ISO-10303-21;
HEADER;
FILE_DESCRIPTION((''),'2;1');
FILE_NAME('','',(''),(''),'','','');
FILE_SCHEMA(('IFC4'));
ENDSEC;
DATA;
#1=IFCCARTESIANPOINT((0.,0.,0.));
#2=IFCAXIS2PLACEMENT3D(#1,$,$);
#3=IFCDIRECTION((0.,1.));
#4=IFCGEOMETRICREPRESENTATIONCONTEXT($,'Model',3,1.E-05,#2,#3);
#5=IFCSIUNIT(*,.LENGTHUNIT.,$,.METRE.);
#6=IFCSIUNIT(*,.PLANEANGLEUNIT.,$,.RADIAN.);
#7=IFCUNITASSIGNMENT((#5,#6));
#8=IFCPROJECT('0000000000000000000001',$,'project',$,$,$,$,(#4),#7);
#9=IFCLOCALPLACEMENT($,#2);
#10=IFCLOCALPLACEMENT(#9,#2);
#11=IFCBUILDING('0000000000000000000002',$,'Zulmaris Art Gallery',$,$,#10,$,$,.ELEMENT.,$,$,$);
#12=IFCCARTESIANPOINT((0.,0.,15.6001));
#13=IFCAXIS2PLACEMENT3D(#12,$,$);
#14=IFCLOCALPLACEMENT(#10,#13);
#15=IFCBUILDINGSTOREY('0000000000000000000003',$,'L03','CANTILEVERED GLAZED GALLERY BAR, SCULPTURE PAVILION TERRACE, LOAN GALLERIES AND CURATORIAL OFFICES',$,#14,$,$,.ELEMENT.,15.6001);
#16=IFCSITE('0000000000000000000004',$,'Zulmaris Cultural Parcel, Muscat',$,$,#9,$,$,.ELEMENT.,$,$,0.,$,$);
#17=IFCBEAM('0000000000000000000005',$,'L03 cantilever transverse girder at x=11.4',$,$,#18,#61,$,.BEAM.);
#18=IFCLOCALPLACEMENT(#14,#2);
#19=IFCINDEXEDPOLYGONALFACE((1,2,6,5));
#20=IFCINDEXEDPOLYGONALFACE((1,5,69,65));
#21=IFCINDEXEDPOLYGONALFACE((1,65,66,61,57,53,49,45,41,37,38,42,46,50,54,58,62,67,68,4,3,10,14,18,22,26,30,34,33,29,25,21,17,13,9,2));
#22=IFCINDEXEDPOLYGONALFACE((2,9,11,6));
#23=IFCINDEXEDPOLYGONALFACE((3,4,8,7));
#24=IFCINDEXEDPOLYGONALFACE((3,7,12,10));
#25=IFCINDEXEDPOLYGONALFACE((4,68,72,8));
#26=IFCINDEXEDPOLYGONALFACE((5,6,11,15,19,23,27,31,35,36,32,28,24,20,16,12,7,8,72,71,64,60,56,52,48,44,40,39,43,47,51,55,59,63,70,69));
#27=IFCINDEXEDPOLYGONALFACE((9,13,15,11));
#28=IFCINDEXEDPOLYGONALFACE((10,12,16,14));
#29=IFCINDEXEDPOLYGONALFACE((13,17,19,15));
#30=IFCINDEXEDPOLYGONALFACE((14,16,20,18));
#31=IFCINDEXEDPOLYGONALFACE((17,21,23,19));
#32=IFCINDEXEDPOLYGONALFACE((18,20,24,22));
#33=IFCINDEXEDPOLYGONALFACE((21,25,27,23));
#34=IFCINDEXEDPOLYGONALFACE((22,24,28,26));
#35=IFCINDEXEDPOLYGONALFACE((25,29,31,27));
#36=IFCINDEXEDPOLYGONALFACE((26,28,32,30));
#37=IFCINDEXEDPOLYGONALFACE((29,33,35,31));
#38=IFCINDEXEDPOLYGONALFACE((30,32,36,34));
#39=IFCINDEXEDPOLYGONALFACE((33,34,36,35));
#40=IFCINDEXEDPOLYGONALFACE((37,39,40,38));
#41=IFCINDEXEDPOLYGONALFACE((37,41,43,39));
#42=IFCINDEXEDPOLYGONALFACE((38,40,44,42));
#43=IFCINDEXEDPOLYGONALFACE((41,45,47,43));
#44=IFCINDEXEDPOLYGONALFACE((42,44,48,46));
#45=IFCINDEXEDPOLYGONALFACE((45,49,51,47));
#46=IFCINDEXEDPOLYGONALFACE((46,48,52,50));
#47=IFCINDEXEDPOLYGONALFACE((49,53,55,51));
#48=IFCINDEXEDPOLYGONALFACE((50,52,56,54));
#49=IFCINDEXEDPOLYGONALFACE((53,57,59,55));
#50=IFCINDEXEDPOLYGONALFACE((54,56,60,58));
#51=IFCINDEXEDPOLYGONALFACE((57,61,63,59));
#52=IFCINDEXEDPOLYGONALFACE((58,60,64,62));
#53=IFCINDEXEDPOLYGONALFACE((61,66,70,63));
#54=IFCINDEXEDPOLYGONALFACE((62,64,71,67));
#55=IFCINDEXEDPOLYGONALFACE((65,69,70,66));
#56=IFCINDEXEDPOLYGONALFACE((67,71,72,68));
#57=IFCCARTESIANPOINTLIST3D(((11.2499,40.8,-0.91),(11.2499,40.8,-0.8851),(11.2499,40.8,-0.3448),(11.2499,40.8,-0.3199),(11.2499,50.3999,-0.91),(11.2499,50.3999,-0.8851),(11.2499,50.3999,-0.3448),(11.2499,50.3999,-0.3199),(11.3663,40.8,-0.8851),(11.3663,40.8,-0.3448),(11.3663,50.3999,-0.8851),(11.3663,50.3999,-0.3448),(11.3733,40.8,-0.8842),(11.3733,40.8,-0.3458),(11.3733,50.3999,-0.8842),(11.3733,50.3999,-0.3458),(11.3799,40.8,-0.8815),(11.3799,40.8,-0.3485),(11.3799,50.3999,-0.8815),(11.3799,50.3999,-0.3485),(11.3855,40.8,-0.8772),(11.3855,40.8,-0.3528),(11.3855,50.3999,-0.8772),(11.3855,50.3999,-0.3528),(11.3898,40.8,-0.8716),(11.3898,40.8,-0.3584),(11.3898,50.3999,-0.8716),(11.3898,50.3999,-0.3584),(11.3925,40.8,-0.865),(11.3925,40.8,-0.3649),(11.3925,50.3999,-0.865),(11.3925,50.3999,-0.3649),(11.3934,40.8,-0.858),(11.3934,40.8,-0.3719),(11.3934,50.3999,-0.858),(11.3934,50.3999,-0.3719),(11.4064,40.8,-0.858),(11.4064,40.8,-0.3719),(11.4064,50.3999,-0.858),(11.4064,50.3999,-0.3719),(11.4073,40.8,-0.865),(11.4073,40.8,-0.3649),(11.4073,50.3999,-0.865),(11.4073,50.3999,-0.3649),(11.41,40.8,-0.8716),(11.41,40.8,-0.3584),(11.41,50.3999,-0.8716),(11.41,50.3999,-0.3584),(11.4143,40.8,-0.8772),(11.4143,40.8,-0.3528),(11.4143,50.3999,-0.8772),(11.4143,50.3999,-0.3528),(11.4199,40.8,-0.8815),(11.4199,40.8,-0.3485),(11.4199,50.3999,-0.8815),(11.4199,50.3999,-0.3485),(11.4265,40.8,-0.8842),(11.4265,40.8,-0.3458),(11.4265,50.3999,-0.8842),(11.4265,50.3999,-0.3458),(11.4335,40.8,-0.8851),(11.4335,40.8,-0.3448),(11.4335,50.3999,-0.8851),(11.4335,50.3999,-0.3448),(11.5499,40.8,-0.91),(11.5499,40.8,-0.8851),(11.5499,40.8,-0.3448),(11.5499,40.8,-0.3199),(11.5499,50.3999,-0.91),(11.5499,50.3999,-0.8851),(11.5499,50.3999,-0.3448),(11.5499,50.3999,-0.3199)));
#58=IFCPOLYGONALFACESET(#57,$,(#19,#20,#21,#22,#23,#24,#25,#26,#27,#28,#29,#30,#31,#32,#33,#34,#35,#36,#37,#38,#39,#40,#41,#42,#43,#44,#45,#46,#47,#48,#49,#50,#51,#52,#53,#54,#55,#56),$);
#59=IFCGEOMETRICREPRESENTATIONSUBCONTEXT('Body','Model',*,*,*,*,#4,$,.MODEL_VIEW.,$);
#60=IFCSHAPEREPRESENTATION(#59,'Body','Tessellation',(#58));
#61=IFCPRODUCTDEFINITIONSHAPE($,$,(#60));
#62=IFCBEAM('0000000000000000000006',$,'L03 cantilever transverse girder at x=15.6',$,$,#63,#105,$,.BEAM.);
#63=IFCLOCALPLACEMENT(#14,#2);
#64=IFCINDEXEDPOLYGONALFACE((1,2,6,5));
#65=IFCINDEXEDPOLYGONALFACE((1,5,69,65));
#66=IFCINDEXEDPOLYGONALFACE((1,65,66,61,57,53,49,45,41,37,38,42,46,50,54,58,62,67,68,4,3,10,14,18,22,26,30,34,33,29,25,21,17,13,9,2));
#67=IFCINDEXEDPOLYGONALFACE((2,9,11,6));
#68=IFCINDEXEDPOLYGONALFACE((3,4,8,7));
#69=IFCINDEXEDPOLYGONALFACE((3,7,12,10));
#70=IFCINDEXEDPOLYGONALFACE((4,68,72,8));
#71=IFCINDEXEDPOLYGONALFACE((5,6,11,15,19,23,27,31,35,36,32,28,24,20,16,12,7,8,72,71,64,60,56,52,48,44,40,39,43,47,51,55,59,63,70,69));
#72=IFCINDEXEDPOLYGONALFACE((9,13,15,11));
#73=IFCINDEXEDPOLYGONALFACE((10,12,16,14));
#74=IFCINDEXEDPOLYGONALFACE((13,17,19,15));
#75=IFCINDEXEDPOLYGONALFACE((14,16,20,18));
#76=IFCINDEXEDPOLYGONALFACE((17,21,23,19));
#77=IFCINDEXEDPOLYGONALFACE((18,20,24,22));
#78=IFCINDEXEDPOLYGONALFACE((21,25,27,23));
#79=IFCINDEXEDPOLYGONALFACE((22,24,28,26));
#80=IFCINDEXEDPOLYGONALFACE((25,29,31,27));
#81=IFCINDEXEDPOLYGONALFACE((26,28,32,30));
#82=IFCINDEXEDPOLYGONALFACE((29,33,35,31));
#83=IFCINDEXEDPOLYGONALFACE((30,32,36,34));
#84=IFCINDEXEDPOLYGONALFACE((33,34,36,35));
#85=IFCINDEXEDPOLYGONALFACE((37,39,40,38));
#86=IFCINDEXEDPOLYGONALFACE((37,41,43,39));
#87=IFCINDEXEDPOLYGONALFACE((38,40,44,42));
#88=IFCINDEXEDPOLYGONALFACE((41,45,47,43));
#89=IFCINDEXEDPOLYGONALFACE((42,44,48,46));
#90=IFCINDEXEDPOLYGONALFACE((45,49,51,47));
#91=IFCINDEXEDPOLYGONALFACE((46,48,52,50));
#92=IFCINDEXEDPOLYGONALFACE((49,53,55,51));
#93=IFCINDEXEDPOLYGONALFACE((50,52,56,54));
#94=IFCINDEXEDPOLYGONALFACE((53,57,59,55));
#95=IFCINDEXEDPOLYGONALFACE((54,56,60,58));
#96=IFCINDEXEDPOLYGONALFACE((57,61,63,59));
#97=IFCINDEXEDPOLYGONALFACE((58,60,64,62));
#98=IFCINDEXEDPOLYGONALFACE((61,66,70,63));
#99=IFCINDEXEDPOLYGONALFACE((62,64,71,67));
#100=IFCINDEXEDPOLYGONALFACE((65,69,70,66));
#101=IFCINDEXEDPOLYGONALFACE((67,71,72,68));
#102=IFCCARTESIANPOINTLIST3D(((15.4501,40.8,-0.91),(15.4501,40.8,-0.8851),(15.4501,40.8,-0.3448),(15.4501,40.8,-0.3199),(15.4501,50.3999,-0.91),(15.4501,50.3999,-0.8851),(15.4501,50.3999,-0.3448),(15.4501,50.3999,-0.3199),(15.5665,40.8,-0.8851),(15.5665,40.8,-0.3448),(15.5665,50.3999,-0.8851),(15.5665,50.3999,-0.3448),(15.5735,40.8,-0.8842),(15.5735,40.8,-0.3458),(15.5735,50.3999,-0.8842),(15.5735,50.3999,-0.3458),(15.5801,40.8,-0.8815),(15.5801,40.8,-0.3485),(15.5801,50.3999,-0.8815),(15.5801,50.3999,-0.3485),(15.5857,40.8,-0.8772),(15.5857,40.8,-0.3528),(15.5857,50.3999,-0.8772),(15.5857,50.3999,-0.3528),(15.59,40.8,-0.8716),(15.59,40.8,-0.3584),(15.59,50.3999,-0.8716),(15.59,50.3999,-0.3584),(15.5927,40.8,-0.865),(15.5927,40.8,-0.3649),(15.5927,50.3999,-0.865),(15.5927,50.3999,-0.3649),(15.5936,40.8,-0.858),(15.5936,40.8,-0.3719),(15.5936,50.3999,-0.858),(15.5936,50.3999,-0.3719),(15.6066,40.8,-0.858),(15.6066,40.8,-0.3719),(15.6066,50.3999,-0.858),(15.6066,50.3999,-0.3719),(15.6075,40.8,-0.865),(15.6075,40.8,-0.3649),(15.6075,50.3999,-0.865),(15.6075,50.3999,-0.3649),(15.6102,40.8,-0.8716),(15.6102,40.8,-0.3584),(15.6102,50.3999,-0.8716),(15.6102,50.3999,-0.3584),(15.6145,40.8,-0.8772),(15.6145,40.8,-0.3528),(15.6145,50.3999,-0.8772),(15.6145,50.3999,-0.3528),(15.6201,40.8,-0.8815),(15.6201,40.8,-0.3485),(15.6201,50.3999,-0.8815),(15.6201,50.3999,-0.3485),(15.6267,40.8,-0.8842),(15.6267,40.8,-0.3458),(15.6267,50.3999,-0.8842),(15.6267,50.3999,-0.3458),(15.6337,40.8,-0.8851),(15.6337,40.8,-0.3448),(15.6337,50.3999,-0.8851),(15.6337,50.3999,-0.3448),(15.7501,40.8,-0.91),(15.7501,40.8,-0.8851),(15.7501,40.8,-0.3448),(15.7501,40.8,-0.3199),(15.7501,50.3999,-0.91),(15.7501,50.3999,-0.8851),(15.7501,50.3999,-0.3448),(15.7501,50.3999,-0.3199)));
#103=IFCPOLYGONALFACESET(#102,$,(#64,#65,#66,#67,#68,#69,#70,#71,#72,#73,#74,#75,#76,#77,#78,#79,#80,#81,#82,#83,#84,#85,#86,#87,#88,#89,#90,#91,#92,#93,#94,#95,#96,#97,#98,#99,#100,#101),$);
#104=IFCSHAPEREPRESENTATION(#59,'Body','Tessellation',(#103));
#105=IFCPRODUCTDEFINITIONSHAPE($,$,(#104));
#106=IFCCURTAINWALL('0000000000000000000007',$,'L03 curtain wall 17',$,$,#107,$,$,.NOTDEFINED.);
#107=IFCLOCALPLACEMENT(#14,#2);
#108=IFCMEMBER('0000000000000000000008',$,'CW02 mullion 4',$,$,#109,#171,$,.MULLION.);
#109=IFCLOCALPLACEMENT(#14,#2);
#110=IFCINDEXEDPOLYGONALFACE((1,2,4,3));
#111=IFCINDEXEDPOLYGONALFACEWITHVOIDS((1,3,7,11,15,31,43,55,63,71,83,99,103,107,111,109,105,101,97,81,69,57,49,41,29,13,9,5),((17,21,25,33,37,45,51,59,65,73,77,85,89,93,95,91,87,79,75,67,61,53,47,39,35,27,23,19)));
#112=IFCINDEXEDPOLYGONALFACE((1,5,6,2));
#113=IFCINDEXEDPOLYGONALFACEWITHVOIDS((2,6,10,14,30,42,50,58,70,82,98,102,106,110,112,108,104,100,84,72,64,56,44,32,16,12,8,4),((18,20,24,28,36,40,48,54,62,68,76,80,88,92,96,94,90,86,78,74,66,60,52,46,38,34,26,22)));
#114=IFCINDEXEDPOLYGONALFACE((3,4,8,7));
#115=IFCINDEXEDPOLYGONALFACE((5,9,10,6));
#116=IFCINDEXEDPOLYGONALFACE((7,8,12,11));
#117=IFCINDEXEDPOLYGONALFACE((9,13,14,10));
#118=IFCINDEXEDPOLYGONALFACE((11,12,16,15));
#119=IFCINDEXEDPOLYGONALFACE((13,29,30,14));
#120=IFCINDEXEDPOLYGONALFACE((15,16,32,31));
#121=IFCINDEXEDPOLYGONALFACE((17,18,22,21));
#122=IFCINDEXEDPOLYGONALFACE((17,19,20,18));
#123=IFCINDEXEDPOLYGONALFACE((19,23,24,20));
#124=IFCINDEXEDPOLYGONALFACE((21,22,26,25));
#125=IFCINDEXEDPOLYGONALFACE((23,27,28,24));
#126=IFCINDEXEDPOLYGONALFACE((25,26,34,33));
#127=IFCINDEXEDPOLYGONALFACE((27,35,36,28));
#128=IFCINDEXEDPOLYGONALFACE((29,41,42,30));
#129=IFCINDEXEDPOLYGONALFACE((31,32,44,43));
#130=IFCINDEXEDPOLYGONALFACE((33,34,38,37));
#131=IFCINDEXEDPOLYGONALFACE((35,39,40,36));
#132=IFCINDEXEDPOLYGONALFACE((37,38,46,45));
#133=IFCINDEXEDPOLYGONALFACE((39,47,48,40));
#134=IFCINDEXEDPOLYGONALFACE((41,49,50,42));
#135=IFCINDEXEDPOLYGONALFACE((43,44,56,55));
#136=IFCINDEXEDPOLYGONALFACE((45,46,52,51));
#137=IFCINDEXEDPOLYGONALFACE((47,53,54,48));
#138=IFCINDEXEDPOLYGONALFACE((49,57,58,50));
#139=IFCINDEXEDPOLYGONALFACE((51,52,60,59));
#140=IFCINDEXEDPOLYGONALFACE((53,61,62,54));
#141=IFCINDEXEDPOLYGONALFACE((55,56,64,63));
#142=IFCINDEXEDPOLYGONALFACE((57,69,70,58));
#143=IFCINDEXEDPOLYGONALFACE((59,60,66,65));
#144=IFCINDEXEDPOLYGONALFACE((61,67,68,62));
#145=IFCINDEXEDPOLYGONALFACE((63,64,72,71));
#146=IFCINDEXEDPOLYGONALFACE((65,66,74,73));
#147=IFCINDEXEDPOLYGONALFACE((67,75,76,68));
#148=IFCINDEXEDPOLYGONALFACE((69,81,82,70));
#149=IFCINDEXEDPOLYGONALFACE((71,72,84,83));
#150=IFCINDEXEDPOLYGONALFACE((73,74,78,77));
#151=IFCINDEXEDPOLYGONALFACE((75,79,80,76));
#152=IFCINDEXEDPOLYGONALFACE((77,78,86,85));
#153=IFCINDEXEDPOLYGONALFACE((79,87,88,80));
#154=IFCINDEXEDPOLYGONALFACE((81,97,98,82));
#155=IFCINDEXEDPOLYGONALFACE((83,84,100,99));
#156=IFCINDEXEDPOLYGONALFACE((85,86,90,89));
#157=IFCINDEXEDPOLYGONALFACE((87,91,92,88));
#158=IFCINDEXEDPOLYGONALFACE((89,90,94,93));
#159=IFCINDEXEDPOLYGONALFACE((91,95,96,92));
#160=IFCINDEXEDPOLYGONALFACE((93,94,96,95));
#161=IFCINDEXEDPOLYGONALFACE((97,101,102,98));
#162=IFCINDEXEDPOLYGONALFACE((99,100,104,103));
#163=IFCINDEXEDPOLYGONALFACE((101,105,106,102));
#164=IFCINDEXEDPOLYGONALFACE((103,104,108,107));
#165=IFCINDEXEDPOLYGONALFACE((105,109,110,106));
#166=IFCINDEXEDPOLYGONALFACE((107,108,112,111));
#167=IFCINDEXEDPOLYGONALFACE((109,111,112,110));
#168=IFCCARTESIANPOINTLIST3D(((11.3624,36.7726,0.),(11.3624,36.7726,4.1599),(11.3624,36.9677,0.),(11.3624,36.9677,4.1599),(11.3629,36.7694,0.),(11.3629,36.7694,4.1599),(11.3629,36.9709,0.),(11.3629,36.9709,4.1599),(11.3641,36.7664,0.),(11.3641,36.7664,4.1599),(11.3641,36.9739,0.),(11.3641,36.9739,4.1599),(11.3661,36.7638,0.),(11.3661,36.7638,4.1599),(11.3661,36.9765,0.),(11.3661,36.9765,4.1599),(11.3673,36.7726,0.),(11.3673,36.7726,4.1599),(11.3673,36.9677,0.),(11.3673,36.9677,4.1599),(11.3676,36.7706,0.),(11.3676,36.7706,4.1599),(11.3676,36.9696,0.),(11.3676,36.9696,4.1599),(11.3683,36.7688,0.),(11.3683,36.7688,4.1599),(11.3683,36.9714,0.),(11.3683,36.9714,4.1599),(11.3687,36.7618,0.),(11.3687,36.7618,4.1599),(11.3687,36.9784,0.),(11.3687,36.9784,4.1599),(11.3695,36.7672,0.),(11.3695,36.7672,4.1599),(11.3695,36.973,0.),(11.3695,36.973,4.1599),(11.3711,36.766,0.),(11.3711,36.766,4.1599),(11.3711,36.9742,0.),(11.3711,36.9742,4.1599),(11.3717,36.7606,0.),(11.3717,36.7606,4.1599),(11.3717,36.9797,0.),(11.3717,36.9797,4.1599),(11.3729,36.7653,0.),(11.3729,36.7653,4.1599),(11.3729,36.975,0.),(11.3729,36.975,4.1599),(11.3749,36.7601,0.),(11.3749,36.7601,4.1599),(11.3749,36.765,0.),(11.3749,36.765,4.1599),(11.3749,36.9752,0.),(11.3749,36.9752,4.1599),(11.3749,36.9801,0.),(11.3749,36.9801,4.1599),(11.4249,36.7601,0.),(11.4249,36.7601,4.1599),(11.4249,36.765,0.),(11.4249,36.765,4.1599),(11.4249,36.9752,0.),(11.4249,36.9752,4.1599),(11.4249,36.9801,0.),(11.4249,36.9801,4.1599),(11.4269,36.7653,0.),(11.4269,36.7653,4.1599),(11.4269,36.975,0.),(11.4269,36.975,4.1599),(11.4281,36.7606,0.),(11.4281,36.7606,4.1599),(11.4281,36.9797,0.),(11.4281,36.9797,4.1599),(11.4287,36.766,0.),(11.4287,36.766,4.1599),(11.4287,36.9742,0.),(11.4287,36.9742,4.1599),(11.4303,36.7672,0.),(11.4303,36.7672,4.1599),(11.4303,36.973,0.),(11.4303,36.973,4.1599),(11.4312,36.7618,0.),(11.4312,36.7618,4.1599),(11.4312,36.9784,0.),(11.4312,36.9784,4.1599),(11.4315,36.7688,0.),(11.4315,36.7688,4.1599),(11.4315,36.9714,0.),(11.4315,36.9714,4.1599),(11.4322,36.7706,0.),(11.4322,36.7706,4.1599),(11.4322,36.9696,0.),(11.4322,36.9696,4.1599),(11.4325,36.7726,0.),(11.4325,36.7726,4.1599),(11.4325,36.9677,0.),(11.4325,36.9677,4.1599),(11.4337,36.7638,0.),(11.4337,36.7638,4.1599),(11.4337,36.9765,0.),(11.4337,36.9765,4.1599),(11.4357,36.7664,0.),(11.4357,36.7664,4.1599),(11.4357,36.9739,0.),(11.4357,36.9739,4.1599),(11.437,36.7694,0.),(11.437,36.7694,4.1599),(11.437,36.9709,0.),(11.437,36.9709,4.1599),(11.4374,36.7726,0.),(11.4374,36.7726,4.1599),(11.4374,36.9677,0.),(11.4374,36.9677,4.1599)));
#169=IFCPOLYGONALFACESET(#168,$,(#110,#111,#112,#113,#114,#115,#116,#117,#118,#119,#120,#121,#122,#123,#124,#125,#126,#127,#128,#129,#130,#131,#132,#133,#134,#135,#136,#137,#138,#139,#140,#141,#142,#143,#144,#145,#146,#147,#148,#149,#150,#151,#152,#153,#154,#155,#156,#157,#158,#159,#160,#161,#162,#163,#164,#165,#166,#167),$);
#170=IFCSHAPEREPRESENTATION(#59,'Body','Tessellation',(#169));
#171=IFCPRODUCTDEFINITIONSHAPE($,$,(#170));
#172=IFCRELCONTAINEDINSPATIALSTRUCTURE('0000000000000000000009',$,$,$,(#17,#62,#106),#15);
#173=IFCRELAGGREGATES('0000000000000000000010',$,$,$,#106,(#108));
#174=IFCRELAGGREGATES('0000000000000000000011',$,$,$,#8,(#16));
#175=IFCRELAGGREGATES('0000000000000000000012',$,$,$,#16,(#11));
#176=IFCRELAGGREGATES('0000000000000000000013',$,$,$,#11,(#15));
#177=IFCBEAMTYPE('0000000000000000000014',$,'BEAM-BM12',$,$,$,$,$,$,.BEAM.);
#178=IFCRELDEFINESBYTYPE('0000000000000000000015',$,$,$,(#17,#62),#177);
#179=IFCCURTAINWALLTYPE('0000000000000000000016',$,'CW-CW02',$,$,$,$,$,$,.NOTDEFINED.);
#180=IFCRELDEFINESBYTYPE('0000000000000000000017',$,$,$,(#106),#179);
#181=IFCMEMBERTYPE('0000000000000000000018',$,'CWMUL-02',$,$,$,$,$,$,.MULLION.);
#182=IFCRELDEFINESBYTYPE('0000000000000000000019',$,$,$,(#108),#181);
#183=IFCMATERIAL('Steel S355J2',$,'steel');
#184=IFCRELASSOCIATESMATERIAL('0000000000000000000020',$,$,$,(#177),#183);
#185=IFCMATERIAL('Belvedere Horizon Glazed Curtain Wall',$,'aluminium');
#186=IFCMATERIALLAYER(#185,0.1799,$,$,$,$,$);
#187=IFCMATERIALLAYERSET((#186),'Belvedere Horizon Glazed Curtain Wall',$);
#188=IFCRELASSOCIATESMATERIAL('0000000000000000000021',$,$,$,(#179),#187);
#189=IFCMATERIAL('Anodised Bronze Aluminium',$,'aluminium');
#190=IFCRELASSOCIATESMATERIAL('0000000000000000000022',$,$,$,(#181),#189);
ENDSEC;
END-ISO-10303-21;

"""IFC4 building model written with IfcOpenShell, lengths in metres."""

from ifc_helpers import new_model, si_unit, direction, frame, origin, origin_2d, place, context, subcontext, project, spatial, hollow_rectangle, i_section, extrude, material, layer, layer_set, material_profile, profile_set, type_object, element, aggregate, save


model = new_model("IFC4")

# Units and contexts
model_context = context("Model", 3, precision=1e-05, world=origin(), true_north=direction((0.0, 1.0)))
body_context = subcontext(model_context, "Body", "Model", "MODEL_VIEW")
ifc_project = project(units=[si_unit("LENGTHUNIT", "METRE"), si_unit("PLANEANGLEUNIT", "RADIAN")], contexts=[model_context])

# Site, building, storey
site_placement = place(None, origin())
site = spatial("IfcSite", under=ifc_project, at=site_placement, Name="Zulmaris Cultural Parcel, Muscat", CompositionType="ELEMENT", RefElevation=0.0)
building_placement = place(site_placement, origin())
building = spatial("IfcBuilding", under=site, at=building_placement, Name="Zulmaris Art Gallery", CompositionType="ELEMENT")
storey_placement = place(building_placement, frame((0.0, 0.0, 15.6001)))
storey = spatial("IfcBuildingStorey", under=building, at=storey_placement, Name="L03", Description="CANTILEVERED GLAZED GALLERY BAR, SCULPTURE PAVILION TERRACE, LOAN GALLERIES AND CURATORIAL OFFICES", CompositionType="ELEMENT", Elevation=15.6001)

# Beams
ifc_material_1 = material(Name="Steel S355J2", Category="steel")
ifc_material_profile_1 = material_profile(ifc_material_1, i_section(OverallWidth=0.3, OverallDepth=0.5901, WebThickness=0.0129, FlangeThickness=0.0249, FilletRadius=0.0271, at=origin_2d()), Name="HEA 600")
ifc_profile_set_1 = profile_set([ifc_material_profile_1], Name="Steel S355J2")
beam_type = type_object("IfcBeamType", Name="BEAM-BM12", PredefinedType="BEAM", material=ifc_profile_set_1)
for number, where, z_axis, x_axis, name in (
    (1, (11.3999, 40.8, -0.615), (0.0, 1.0, 0.0), (-1.0, 0.0, 0.0), "L03 cantilever transverse girder at x=11.4"),
    (2, (15.6001, 40.8, -0.615), (0.0, 1.0, 0.0), (-1.0, 0.0, 0.0), "L03 cantilever transverse girder at x=15.6"),
):
    element("IfcBeam", number, at=place(storey_placement, frame(where, z_axis=z_axis, x_axis=x_axis)), inside=storey, type_object=beam_type, Name=name, PredefinedType="BEAM", context=body_context, shape_type="SweptSolid", body=[
        extrude(i_section(OverallWidth=0.3, OverallDepth=0.5901, WebThickness=0.0129, FlangeThickness=0.0249, FilletRadius=0.0271, at=origin_2d()), origin(), (0.0, 0.0, 1.0), 9.5999),
    ])

# Curtain wall, member
ifc_material_2 = material(Name="Belvedere Horizon Glazed Curtain Wall", Category="aluminium")
ifc_layer_1 = layer(ifc_material_2, 0.1799)
ifc_layer_set_1 = layer_set([ifc_layer_1], Name="Belvedere Horizon Glazed Curtain Wall")
curtain_wall_type = type_object("IfcCurtainWallType", Name="CW-CW02", PredefinedType="NOTDEFINED", material=ifc_layer_set_1)
curtain_wall_placement = place(storey_placement, origin())
curtain_wall = element("IfcCurtainWall", 3, at=curtain_wall_placement, inside=storey, type_object=curtain_wall_type, Name="L03 curtain wall 17", PredefinedType="NOTDEFINED")
ifc_material_3 = material(Name="Anodised Bronze Aluminium", Category="aluminium")
ifc_material_profile_2 = material_profile(ifc_material_3, hollow_rectangle(XDim=0.075, YDim=0.22, WallThickness=0.0049, InnerFilletRadius=0.0076, OuterFilletRadius=0.0125, at=origin_2d()), Name="ALU 75x220x5")
ifc_profile_set_2 = profile_set([ifc_material_profile_2], Name="Anodised Bronze Aluminium")
member_type_1 = type_object("IfcMemberType", Name="CWMUL-02", PredefinedType="MULLION", material=ifc_profile_set_2)
member_1_placement = place(storey_placement, frame((11.3999, 36.8701, 0.0), z_axis=(0.0, 0.0, 1.0), x_axis=(-1.0, 0.0, 0.0)))
member_1 = element("IfcMember", 4, at=member_1_placement, type_object=member_type_1, Name="CW02 mullion 4", PredefinedType="MULLION", context=body_context, shape_type="SweptSolid", body=[
    extrude(hollow_rectangle(XDim=0.075, YDim=0.22, WallThickness=0.0049, InnerFilletRadius=0.0076, OuterFilletRadius=0.0125, at=origin_2d()), origin(), (0.0, 0.0, 1.0), 4.1599),
])

aggregate(curtain_wall, [member_1])

save(model, "model.ifc")
